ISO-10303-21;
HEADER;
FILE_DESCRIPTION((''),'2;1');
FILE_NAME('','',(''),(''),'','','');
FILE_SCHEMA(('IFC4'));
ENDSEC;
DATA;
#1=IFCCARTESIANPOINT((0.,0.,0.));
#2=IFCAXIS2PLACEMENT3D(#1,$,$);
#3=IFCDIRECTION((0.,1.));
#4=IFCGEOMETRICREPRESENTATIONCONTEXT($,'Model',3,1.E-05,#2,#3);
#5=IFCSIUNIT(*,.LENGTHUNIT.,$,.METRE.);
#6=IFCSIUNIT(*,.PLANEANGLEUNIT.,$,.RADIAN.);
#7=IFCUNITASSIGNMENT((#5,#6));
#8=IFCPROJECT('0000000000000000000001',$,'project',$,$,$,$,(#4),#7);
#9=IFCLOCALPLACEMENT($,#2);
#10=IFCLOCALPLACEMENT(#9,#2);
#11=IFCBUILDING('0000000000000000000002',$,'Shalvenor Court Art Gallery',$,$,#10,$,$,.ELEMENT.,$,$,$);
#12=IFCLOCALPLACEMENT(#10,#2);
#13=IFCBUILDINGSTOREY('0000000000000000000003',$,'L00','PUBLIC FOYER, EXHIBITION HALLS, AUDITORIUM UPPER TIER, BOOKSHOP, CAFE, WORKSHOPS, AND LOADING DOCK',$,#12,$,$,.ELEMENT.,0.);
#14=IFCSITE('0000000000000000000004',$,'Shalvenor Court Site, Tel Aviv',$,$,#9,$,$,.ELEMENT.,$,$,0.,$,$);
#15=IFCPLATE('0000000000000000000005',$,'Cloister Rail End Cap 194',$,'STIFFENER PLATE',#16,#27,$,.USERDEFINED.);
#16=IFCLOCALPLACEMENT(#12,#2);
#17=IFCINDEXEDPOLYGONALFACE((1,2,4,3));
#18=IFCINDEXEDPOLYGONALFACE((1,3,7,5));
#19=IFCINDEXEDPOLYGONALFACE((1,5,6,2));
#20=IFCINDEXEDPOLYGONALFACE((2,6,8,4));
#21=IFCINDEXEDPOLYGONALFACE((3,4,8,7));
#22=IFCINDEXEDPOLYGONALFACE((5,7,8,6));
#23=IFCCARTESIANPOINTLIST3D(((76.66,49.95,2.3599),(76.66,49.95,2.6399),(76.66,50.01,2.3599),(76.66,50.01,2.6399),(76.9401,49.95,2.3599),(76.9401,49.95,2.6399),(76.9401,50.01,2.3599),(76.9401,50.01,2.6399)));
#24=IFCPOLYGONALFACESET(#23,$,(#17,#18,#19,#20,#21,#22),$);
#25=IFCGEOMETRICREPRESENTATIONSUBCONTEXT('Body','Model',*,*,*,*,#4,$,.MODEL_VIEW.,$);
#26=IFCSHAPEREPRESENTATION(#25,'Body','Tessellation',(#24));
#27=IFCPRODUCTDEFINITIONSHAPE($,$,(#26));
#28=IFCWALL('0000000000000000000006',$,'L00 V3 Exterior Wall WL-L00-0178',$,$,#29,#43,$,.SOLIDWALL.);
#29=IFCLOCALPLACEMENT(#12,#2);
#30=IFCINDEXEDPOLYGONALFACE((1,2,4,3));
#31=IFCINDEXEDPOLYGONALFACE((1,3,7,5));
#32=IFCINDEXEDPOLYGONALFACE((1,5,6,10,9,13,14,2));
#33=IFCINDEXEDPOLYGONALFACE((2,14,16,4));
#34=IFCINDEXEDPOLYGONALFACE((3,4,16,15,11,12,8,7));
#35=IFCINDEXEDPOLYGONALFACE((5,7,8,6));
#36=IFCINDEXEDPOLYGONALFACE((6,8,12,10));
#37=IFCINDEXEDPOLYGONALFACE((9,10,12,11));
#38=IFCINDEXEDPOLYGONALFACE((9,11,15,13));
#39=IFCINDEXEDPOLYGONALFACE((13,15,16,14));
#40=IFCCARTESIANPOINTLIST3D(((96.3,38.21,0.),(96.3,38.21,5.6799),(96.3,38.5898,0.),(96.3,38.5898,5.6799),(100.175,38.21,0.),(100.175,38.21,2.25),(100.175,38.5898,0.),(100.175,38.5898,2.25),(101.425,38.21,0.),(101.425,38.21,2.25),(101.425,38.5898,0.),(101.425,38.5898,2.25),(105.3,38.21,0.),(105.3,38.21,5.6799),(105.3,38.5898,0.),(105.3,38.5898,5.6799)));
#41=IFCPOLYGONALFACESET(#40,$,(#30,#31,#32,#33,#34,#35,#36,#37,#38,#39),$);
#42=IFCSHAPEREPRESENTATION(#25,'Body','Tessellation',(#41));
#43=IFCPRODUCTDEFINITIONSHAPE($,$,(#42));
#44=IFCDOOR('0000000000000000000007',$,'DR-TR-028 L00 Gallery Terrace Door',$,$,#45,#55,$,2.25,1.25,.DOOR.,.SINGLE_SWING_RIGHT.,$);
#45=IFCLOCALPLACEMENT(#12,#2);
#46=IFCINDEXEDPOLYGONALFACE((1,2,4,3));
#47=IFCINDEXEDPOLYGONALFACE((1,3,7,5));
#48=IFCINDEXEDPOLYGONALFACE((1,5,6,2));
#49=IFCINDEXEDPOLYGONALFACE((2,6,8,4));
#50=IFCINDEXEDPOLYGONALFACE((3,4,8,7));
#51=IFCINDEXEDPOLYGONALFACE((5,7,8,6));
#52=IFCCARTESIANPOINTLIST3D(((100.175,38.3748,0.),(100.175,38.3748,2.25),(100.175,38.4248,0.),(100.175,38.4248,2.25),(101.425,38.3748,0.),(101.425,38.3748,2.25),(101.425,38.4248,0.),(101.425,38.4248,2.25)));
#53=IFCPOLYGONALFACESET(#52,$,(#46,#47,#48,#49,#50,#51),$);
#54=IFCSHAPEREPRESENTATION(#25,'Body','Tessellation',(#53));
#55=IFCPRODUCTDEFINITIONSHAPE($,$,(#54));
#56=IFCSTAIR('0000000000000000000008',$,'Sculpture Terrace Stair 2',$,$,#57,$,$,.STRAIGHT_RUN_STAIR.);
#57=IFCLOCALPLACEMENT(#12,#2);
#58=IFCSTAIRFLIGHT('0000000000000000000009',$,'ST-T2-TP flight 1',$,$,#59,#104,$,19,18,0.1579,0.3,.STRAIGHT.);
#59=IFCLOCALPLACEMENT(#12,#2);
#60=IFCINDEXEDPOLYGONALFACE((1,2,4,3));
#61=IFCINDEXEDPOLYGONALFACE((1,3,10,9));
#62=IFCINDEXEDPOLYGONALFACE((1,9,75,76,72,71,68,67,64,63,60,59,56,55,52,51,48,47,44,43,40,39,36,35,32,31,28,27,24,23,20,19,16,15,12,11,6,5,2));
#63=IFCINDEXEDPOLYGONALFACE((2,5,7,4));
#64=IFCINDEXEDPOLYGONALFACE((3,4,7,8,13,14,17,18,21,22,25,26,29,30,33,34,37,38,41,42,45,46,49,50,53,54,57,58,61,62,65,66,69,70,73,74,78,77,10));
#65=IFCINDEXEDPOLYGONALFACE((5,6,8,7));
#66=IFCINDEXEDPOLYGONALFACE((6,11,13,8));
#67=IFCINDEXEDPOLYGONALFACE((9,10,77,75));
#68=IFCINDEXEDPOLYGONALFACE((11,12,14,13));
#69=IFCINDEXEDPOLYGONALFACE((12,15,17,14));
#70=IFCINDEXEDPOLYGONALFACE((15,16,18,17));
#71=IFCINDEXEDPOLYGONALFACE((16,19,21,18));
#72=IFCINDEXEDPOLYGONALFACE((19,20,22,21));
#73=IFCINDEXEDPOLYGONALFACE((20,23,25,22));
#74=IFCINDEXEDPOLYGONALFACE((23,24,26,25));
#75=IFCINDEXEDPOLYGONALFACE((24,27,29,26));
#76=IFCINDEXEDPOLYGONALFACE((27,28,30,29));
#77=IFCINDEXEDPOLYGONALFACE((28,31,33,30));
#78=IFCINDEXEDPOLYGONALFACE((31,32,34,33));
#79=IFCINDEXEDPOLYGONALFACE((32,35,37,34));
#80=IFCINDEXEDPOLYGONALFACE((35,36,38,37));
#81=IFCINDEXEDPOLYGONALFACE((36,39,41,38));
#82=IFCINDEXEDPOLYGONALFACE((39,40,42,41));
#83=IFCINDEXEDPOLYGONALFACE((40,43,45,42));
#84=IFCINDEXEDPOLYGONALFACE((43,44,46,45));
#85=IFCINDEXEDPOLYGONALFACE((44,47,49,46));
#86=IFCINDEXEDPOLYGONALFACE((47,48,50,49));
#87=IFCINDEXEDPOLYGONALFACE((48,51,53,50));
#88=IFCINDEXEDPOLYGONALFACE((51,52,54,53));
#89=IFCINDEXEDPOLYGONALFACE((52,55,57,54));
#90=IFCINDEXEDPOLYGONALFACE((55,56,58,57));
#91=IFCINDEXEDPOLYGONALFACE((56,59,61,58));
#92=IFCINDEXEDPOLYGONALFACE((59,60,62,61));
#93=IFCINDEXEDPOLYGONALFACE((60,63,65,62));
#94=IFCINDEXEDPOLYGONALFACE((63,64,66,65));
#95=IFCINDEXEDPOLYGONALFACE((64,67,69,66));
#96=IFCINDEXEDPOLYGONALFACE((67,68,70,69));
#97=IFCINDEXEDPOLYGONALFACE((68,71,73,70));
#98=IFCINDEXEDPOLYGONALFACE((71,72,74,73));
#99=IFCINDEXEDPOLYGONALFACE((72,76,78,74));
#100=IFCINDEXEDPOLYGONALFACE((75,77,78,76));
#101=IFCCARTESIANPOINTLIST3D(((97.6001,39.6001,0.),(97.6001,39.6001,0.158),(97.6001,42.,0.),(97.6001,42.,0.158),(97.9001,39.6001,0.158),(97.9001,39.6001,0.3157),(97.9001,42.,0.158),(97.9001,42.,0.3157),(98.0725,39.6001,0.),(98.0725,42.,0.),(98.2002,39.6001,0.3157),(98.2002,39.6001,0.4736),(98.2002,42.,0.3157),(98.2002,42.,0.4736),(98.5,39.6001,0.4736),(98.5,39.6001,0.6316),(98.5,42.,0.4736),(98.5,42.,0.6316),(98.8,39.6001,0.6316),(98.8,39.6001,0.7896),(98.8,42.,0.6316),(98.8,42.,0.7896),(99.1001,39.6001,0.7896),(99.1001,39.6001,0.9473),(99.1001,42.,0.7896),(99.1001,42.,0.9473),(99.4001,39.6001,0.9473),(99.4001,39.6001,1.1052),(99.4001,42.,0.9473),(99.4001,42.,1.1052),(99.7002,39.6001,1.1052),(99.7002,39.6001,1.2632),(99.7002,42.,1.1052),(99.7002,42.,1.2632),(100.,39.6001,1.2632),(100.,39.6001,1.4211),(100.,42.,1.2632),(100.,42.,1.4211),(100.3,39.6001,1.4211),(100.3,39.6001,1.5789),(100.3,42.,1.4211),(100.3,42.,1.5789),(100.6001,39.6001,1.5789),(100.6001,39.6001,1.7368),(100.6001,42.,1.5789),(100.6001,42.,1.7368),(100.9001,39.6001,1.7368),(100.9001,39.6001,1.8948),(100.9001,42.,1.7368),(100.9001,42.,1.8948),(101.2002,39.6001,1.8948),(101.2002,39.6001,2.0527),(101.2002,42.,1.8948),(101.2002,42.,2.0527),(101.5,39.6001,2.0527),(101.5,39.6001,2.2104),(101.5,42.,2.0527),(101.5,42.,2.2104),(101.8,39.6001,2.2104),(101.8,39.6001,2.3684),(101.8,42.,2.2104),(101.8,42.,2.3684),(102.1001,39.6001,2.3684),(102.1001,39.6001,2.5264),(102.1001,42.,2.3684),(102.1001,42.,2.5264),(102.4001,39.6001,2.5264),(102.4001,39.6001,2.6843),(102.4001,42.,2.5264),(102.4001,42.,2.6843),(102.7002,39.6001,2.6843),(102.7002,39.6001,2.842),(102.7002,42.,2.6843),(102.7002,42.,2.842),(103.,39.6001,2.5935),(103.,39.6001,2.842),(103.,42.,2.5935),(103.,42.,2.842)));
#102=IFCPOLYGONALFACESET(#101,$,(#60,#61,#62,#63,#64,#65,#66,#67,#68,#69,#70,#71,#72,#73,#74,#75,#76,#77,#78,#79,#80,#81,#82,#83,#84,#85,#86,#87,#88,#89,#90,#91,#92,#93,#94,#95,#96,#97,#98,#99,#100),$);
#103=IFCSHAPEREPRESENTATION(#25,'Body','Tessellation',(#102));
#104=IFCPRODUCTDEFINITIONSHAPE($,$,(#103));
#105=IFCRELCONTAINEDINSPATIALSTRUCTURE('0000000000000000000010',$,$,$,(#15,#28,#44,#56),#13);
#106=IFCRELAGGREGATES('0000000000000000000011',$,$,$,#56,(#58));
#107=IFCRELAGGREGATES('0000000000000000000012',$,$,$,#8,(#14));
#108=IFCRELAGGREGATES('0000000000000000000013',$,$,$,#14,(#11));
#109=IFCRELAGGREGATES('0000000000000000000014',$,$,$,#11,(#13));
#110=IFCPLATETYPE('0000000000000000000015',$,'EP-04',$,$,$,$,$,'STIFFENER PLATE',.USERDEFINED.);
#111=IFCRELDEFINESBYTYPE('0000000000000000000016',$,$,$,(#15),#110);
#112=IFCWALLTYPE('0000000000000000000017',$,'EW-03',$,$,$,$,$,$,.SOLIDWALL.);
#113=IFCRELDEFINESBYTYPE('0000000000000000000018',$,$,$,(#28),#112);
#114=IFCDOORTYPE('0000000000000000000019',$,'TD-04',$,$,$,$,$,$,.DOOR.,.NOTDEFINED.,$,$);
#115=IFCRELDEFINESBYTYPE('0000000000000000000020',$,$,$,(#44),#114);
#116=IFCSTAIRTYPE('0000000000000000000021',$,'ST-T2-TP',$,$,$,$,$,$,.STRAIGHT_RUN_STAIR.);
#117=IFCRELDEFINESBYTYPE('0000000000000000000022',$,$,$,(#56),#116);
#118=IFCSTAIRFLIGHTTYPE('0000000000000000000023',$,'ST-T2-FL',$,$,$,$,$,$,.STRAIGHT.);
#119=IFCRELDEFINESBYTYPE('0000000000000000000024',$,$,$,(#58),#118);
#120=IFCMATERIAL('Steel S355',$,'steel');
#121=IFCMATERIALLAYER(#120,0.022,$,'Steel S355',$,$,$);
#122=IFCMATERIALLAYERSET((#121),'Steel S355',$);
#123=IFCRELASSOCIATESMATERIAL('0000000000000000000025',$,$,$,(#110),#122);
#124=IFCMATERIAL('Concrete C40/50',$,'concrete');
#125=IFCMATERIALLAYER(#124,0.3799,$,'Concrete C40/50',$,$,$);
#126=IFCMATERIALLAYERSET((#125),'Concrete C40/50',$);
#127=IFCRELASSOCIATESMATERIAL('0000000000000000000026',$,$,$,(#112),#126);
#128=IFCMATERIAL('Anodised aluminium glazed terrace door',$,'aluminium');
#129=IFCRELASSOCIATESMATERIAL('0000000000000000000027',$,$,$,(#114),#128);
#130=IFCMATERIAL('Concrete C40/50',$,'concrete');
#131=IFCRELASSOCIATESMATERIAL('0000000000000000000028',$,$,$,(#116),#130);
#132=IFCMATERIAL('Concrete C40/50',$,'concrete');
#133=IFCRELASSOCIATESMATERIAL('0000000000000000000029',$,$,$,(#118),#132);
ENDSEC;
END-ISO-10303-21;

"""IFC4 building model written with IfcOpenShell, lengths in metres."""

from ifc_helpers import new_model, si_unit, direction, frame, frame_2d, origin, origin_2d, place, context, subcontext, project, spatial, polyline, rectangle, outline, extrude, material, layer, layer_set, type_object, element, fill, aggregate, save


model = new_model("IFC4")

# Units and contexts
model_context = context("Model", 3, precision=1e-05, world=origin(), true_north=direction((0.0, 1.0)))
body_context = subcontext(model_context, "Body", "Model", "MODEL_VIEW")
ifc_project = project(units=[si_unit("LENGTHUNIT", "METRE"), si_unit("PLANEANGLEUNIT", "RADIAN")], contexts=[model_context])

# Site, building, storey
site_placement = place(None, origin())
site = spatial("IfcSite", under=ifc_project, at=site_placement, Name="Shalvenor Court Site, Tel Aviv", CompositionType="ELEMENT", RefElevation=0.0)
building_placement = place(site_placement, origin())
building = spatial("IfcBuilding", under=site, at=building_placement, Name="Shalvenor Court Art Gallery", CompositionType="ELEMENT")
storey_placement = place(building_placement, origin())
storey = spatial("IfcBuildingStorey", under=building, at=storey_placement, Name="L00", Description="PUBLIC FOYER, EXHIBITION HALLS, AUDITORIUM UPPER TIER, BOOKSHOP, CAFE, WORKSHOPS, AND LOADING DOCK", CompositionType="ELEMENT", Elevation=0.0)

# Plate
ifc_material_1 = material(Name="Steel S355", Category="steel")
ifc_layer_1 = layer(ifc_material_1, 0.022, Name="Steel S355")
ifc_layer_set_1 = layer_set([ifc_layer_1], Name="Steel S355")
plate_type_1 = type_object("IfcPlateType", Name="EP-04", ElementType="STIFFENER PLATE", PredefinedType="USERDEFINED", material=ifc_layer_set_1)
for number, where, z_axis, x_axis, name in (
    (1, (76.8, 49.98, 2.3599), (0.0, 0.0, 1.0), (1.0, 0.0, 0.0), "Cloister Rail End Cap 194"),
):
    element("IfcPlate", number, at=place(storey_placement, frame(where, z_axis=z_axis, x_axis=x_axis)), inside=storey, type_object=plate_type_1, Name=name, ObjectType="STIFFENER PLATE", PredefinedType="USERDEFINED", context=body_context, shape_type="SweptSolid", body=[
        extrude(rectangle(XDim=0.28, YDim=0.0601, at=origin_2d()), origin(), (0.0, 0.0, 1.0), 0.28),
    ])

# Wall, opening, door
ifc_material_2 = material(Name="Concrete C40/50", Category="concrete")
ifc_layer_2 = layer(ifc_material_2, 0.3799, Name="Concrete C40/50")
ifc_layer_set_2 = layer_set([ifc_layer_2], Name="Concrete C40/50")
wall_type = type_object("IfcWallType", Name="EW-03", PredefinedType="SOLIDWALL", material=ifc_layer_set_2)
wall_placement = place(storey_placement, frame((96.3, 38.3999, 0.0), z_axis=(0.0, 0.0, 1.0), x_axis=(1.0, 0.0, 0.0)))
wall = element("IfcWall", 2, at=wall_placement, inside=storey, type_object=wall_type, Name="L00 V3 Exterior Wall WL-L00-0178", PredefinedType="SOLIDWALL", context=body_context, shape_type="SweptSolid", body=[
    extrude(rectangle(XDim=9.0, YDim=0.3799, at=frame_2d((4.5, 0.0))), origin(), (0.0, 0.0, 1.0), 5.6799),
])
opening_placement = place(wall_placement, frame((3.875, 0.0, 0.0)))
opening = element("IfcOpeningElement", 3, at=opening_placement, cuts=wall, PredefinedType="OPENING", context=body_context, shape_type="SweptSolid", body=[
    extrude(rectangle(XDim=1.25, YDim=2.25, at=frame_2d((0.625, 1.125))), frame((0.0, 0.2, 0.0), z_axis=(0.0, -1.0, 0.0), x_axis=(1.0, 0.0, 0.0)), (0.0, 0.0, 1.0), 0.3999),
])
ifc_material_3 = material(Name="Anodised aluminium glazed terrace door", Category="aluminium")
door_type = type_object("IfcDoorType", Name="TD-04", OperationType="NOTDEFINED", PredefinedType="DOOR", material=ifc_material_3)
door_placement = place(opening_placement, origin())
door = element("IfcDoor", 4, at=door_placement, inside=storey, type_object=door_type, Name="DR-TR-028 L00 Gallery Terrace Door", OperationType="SINGLE_SWING_RIGHT", OverallHeight=2.25, OverallWidth=1.25, PredefinedType="DOOR", context=body_context, shape_type="SweptSolid", body=[
    extrude(rectangle(XDim=1.25, YDim=2.25, at=frame_2d((0.625, 1.125))), frame((0.0, 0.0249, 0.0), z_axis=(0.0, -1.0, 0.0), x_axis=(1.0, 0.0, 0.0)), (0.0, 0.0, 1.0), 0.05),
])
fill(opening, door)

# Stair, stair flight
ifc_material_4 = material(Name="Concrete C40/50", Category="concrete")
stair_type = type_object("IfcStairType", Name="ST-T2-TP", PredefinedType="STRAIGHT_RUN_STAIR", material=ifc_material_4)
stair_placement = place(storey_placement, origin())
stair = element("IfcStair", 5, at=stair_placement, inside=storey, type_object=stair_type, Name="Sculpture Terrace Stair 2", PredefinedType="STRAIGHT_RUN_STAIR")
ifc_material_5 = material(Name="Concrete C40/50", Category="concrete")
stair_flight_type = type_object("IfcStairFlightType", Name="ST-T2-FL", PredefinedType="STRAIGHT", material=ifc_material_5)
stair_flight_placement = place(storey_placement, frame((97.6001, 40.8, 0.0), z_axis=(0.0, 0.0, 1.0), x_axis=(1.0, 0.0, 0.0)))
stair_flight = element("IfcStairFlight", 6, at=stair_flight_placement, type_object=stair_flight_type, Name="ST-T2-TP flight 1", NumberOfRisers=19, NumberOfTreads=18, PredefinedType="STRAIGHT", RiserHeight=0.1579, TreadLength=0.3, context=body_context, shape_type="SweptSolid", body=[
    extrude(outline(polyline([(0.0, 0.0), (0.0, 0.158), (0.3, 0.158), (0.3, 0.3157), (0.6001, 0.3157), (0.6001, 0.4736), (0.8999, 0.4736), (0.8999, 0.6316), (1.2, 0.6316), (1.2, 0.7896), (1.5, 0.7896), (1.5, 0.9473), (1.8, 0.9473), (1.8, 1.1052), (2.1001, 1.1052), (2.1001, 1.2632), (2.3999, 1.2632), (2.3999, 1.4211), (2.7, 1.4211), (2.7, 1.5789), (3.0, 1.5789), (3.0, 1.7368), (3.3, 1.7368), (3.3, 1.8948), (3.6001, 1.8948), (3.6001, 2.0527), (3.8999, 2.0527), (3.8999, 2.2104), (4.2, 2.2104), (4.2, 2.3684), (4.5, 2.3684), (4.5, 2.5264), (4.8, 2.5264), (4.8, 2.6843), (5.1001, 2.6843), (5.1001, 2.842), (5.3999, 2.842), (5.3999, 3.0), (5.3999, 2.5935), (0.4724, 0.0), (0.0, 0.0)])), frame((0.0, 1.2, 0.0), z_axis=(0.0, -1.0, 0.0), x_axis=(1.0, 0.0, 0.0)), (0.0, 0.0, 1.0), 2.3999),
])
aggregate(stair, [stair_flight])

save(model, "model.ifc")
